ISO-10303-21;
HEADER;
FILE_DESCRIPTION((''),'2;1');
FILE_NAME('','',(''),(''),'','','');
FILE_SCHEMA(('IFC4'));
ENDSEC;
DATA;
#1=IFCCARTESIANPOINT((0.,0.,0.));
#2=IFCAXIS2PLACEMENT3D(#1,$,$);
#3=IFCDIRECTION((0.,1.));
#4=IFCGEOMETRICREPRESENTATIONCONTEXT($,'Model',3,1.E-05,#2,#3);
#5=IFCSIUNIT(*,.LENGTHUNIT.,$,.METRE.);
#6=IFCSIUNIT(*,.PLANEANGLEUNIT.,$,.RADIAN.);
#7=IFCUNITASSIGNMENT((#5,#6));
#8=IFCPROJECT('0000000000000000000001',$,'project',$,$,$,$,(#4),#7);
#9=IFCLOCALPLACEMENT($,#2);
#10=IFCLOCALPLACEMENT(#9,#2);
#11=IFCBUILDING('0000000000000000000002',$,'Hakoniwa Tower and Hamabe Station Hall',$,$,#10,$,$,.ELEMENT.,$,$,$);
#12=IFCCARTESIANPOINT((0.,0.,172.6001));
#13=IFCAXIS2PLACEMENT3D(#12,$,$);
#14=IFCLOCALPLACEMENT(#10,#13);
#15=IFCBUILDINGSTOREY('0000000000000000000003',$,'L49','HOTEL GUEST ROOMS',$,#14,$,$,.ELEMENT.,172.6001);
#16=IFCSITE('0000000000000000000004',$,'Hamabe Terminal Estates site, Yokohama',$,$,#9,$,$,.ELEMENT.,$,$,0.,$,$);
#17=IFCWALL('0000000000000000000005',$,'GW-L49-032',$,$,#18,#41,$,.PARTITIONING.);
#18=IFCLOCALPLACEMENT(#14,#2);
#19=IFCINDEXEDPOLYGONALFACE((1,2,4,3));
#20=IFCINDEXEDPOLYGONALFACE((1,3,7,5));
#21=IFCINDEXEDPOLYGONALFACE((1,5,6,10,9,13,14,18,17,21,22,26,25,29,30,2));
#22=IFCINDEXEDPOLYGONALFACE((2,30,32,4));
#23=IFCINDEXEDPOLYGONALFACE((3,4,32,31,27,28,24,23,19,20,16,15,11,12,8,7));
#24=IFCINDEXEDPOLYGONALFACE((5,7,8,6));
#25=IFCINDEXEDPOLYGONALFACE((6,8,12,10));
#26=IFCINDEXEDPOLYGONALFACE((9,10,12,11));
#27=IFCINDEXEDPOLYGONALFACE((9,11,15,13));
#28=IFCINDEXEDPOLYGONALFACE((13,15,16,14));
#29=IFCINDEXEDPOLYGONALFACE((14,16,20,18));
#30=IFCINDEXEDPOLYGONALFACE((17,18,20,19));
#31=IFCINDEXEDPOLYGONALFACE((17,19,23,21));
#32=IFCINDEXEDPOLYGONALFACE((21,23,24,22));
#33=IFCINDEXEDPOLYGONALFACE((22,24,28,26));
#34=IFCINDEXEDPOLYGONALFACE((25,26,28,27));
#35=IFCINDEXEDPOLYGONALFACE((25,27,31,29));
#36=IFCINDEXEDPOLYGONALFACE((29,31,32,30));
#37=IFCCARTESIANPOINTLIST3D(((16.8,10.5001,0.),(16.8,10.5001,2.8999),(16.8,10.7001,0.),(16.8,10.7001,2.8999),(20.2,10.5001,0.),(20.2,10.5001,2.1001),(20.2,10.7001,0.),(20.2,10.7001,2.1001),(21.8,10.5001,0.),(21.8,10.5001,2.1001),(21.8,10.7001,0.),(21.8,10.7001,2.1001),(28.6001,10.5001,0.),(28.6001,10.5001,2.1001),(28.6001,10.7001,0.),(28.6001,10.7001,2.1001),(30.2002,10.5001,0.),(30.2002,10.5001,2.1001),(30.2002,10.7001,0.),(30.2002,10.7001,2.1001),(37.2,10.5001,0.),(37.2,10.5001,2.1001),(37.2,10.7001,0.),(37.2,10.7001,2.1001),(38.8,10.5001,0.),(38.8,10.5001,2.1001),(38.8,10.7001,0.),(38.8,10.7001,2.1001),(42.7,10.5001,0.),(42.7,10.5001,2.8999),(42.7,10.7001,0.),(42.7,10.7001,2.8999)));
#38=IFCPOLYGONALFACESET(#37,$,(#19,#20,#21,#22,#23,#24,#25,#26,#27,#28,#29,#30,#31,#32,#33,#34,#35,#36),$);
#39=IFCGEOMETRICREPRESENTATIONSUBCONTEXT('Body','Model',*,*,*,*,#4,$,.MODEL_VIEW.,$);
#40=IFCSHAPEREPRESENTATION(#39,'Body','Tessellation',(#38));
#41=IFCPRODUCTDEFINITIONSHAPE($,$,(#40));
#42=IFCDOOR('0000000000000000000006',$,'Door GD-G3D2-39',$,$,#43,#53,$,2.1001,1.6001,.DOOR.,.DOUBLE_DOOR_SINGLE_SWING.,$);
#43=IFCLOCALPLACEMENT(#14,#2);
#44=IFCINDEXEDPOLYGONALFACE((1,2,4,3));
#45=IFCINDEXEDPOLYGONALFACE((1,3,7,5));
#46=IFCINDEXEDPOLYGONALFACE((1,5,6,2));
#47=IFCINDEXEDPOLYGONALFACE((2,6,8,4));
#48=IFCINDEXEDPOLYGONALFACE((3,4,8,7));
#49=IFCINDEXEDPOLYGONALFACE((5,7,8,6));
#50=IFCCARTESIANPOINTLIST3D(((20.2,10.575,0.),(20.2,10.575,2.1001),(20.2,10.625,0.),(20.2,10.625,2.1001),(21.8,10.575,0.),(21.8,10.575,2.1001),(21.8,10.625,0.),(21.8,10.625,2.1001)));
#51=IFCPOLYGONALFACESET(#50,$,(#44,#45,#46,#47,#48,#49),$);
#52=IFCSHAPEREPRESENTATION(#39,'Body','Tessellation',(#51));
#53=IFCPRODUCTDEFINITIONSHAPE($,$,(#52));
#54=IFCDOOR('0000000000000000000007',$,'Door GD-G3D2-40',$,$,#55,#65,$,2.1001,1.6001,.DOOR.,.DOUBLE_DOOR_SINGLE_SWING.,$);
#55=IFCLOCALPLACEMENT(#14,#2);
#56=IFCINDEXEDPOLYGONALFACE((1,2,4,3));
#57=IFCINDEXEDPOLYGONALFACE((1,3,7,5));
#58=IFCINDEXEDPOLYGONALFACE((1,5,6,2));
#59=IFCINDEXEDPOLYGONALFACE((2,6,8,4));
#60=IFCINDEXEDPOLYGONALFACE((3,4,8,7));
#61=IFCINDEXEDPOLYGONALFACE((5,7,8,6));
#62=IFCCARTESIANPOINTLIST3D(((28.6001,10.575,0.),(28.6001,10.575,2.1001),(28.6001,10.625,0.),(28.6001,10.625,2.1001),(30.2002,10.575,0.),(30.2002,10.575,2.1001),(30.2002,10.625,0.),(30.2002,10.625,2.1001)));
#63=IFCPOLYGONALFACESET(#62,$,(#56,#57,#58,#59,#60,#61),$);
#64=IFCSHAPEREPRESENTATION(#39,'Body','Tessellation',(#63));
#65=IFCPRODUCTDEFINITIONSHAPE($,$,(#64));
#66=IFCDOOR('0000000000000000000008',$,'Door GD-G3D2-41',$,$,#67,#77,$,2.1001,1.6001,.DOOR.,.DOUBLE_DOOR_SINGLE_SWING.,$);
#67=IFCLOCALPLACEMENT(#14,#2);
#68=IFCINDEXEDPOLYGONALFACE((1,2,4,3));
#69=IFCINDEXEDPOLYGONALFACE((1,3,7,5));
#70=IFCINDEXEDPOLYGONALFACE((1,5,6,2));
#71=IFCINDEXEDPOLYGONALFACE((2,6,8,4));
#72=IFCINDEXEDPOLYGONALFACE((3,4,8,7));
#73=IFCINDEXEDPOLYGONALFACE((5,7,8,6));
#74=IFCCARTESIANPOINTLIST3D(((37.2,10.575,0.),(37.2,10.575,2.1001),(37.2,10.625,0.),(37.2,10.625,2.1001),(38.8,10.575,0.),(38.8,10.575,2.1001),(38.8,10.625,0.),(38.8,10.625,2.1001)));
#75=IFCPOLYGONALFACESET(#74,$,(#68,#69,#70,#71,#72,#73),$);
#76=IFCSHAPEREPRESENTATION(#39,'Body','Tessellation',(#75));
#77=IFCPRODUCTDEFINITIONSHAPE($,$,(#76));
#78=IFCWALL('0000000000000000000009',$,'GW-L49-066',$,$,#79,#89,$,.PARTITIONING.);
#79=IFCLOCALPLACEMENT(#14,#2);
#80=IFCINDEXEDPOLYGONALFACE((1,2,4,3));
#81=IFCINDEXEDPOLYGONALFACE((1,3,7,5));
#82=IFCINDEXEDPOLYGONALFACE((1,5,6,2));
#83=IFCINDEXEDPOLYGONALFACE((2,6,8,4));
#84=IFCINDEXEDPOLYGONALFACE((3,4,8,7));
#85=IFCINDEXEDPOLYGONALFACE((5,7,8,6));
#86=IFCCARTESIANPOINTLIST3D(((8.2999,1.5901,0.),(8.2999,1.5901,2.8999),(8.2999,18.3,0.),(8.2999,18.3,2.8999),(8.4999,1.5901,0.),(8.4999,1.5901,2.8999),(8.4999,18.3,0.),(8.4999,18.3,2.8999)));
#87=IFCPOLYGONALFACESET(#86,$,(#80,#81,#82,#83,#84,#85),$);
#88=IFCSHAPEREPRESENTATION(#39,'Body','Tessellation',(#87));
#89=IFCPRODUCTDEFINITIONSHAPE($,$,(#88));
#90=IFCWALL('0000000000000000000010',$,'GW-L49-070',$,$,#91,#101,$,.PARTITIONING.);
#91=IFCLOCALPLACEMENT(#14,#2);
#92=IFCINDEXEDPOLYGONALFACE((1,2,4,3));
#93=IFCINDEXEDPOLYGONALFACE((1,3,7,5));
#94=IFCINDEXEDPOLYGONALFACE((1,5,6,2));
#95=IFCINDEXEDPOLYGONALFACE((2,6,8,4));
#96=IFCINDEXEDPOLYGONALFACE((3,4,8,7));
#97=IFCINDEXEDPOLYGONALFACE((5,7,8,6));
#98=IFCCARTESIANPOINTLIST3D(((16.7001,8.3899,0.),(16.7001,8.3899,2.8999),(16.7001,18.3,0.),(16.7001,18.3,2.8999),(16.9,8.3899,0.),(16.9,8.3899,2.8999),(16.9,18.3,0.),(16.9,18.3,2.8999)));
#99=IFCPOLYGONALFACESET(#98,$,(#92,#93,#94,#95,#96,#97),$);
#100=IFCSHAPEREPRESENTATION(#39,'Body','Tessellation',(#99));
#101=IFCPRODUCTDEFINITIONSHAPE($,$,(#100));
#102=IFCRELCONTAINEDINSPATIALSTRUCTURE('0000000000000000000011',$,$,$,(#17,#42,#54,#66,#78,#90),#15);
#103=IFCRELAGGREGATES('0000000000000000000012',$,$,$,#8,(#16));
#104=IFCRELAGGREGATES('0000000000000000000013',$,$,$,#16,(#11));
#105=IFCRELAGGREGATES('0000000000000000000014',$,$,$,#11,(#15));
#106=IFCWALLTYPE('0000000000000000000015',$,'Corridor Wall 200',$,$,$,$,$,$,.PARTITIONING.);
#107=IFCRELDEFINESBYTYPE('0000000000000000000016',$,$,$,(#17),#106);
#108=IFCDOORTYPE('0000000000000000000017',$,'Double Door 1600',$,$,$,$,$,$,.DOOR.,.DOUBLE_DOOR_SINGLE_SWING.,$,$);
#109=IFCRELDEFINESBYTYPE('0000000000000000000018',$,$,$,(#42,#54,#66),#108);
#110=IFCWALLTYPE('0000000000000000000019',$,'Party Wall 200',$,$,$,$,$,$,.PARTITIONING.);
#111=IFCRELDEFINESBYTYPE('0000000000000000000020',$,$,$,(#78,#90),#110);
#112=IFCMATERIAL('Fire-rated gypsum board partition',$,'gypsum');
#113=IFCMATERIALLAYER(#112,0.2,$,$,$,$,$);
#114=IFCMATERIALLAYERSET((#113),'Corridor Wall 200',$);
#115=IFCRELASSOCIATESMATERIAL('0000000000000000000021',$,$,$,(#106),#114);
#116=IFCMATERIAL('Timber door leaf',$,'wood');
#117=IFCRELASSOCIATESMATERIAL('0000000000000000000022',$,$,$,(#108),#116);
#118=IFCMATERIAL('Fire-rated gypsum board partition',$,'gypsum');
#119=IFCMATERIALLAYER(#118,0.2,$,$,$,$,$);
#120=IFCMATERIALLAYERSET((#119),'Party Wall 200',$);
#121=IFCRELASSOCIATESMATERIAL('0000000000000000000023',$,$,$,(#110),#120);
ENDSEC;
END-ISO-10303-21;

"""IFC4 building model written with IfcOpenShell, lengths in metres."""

from ifc_helpers import new_model, si_unit, direction, frame, frame_2d, origin, place, context, subcontext, project, spatial, rectangle, extrude, material, layer, layer_set, type_object, element, fill, save


model = new_model("IFC4")

# Units and contexts
model_context = context("Model", 3, precision=1e-05, world=origin(), true_north=direction((0.0, 1.0)))
body_context = subcontext(model_context, "Body", "Model", "MODEL_VIEW")
ifc_project = project(units=[si_unit("LENGTHUNIT", "METRE"), si_unit("PLANEANGLEUNIT", "RADIAN")], contexts=[model_context])

# Site, building, storey
site_placement = place(None, origin())
site = spatial("IfcSite", under=ifc_project, at=site_placement, Name="Hamabe Terminal Estates site, Yokohama", CompositionType="ELEMENT", RefElevation=0.0)
building_placement = place(site_placement, origin())
building = spatial("IfcBuilding", under=site, at=building_placement, Name="Hakoniwa Tower and Hamabe Station Hall", CompositionType="ELEMENT")
storey_placement = place(building_placement, frame((0.0, 0.0, 172.6001)))
storey = spatial("IfcBuildingStorey", under=building, at=storey_placement, Name="L49", Description="HOTEL GUEST ROOMS", CompositionType="ELEMENT", Elevation=172.6001)

# Wall, openings, doors
ifc_material_1 = material(Name="Fire-rated gypsum board partition", Category="gypsum")
ifc_layer_1 = layer(ifc_material_1, 0.2)
ifc_layer_set_1 = layer_set([ifc_layer_1], Name="Corridor Wall 200")
wall_type_1 = type_object("IfcWallType", Name="Corridor Wall 200", PredefinedType="PARTITIONING", material=ifc_layer_set_1)
wall_1_placement = place(storey_placement, frame((16.8, 10.6001, 0.0), z_axis=(0.0, 0.0, 1.0), x_axis=(1.0, 0.0, 0.0)))
wall_1 = element("IfcWall", 1, at=wall_1_placement, inside=storey, type_object=wall_type_1, Name="GW-L49-032", PredefinedType="PARTITIONING", context=body_context, shape_type="SweptSolid", body=[
    extrude(rectangle(XDim=25.8999, YDim=0.2, at=frame_2d((12.95, 0.0))), origin(), (0.0, 0.0, 1.0), 2.8999),
])
opening_1_placement = place(wall_1_placement, frame((3.3999, 0.0, 0.0)))
opening_1 = element("IfcOpeningElement", 2, at=opening_1_placement, cuts=wall_1, PredefinedType="OPENING", context=body_context, shape_type="SweptSolid", body=[
    extrude(rectangle(XDim=1.6001, YDim=2.1001, at=frame_2d((0.8, 1.05))), frame((0.0, 0.1099, 0.0), z_axis=(0.0, -1.0, 0.0), x_axis=(1.0, 0.0, 0.0)), (0.0, 0.0, 1.0), 0.22),
])
opening_2_placement = place(wall_1_placement, frame((11.8, 0.0, 0.0)))
opening_2 = element("IfcOpeningElement", 3, at=opening_2_placement, cuts=wall_1, PredefinedType="OPENING", context=body_context, shape_type="SweptSolid", body=[
    extrude(rectangle(XDim=1.6001, YDim=2.1001, at=frame_2d((0.8, 1.05))), frame((0.0, 0.1099, 0.0), z_axis=(0.0, -1.0, 0.0), x_axis=(1.0, 0.0, 0.0)), (0.0, 0.0, 1.0), 0.22),
])
opening_3_placement = place(wall_1_placement, frame((20.3999, 0.0, 0.0)))
opening_3 = element("IfcOpeningElement", 4, at=opening_3_placement, cuts=wall_1, PredefinedType="OPENING", context=body_context, shape_type="SweptSolid", body=[
    extrude(rectangle(XDim=1.6001, YDim=2.1001, at=frame_2d((0.8, 1.05))), frame((0.0, 0.1099, 0.0), z_axis=(0.0, -1.0, 0.0), x_axis=(1.0, 0.0, 0.0)), (0.0, 0.0, 1.0), 0.22),
])
ifc_material_2 = material(Name="Timber door leaf", Category="wood")
door_type_1 = type_object("IfcDoorType", Name="Double Door 1600", OperationType="DOUBLE_DOOR_SINGLE_SWING", PredefinedType="DOOR", material=ifc_material_2)
door_1_placement = place(opening_1_placement, origin())
door_1 = element("IfcDoor", 5, at=door_1_placement, inside=storey, type_object=door_type_1, Name="Door GD-G3D2-39", OperationType="DOUBLE_DOOR_SINGLE_SWING", OverallHeight=2.1001, OverallWidth=1.6001, PredefinedType="DOOR", context=body_context, shape_type="SweptSolid", body=[
    extrude(rectangle(XDim=1.6001, YDim=2.1001, at=frame_2d((0.8, 1.05))), frame((0.0, 0.0249, 0.0), z_axis=(0.0, -1.0, 0.0), x_axis=(1.0, 0.0, 0.0)), (0.0, 0.0, 1.0), 0.05),
])
fill(opening_1, door_1)
door_2_placement = place(opening_2_placement, origin())
door_2 = element("IfcDoor", 6, at=door_2_placement, inside=storey, type_object=door_type_1, Name="Door GD-G3D2-40", OperationType="DOUBLE_DOOR_SINGLE_SWING", OverallHeight=2.1001, OverallWidth=1.6001, PredefinedType="DOOR", context=body_context, shape_type="SweptSolid", body=[
    extrude(rectangle(XDim=1.6001, YDim=2.1001, at=frame_2d((0.8, 1.05))), frame((0.0, 0.0249, 0.0), z_axis=(0.0, -1.0, 0.0), x_axis=(1.0, 0.0, 0.0)), (0.0, 0.0, 1.0), 0.05),
])
fill(opening_2, door_2)
door_3_placement = place(opening_3_placement, origin())
door_3 = element("IfcDoor", 7, at=door_3_placement, inside=storey, type_object=door_type_1, Name="Door GD-G3D2-41", OperationType="DOUBLE_DOOR_SINGLE_SWING", OverallHeight=2.1001, OverallWidth=1.6001, PredefinedType="DOOR", context=body_context, shape_type="SweptSolid", body=[
    extrude(rectangle(XDim=1.6001, YDim=2.1001, at=frame_2d((0.8, 1.05))), frame((0.0, 0.0249, 0.0), z_axis=(0.0, -1.0, 0.0), x_axis=(1.0, 0.0, 0.0)), (0.0, 0.0, 1.0), 0.05),
])
fill(opening_3, door_3)

# Walls
ifc_material_3 = material(Name="Fire-rated gypsum board partition", Category="gypsum")
ifc_layer_2 = layer(ifc_material_3, 0.2)
ifc_layer_set_2 = layer_set([ifc_layer_2], Name="Party Wall 200")
wall_type_2 = type_object("IfcWallType", Name="Party Wall 200", PredefinedType="PARTITIONING", material=ifc_layer_set_2)
wall_2_placement = place(storey_placement, frame((8.3999, 1.5901, 0.0), z_axis=(0.0, 0.0, 1.0), x_axis=(0.0, 1.0, 0.0)))
element("IfcWall", 8, at=wall_2_placement, inside=storey, type_object=wall_type_2, Name="GW-L49-066", PredefinedType="PARTITIONING", context=body_context, shape_type="SweptSolid", body=[
    extrude(rectangle(XDim=16.71, YDim=0.2, at=frame_2d((8.355, 0.0))), origin(), (0.0, 0.0, 1.0), 2.8999),
])
wall_3_placement = place(storey_placement, frame((16.8, 8.3899, 0.0), z_axis=(0.0, 0.0, 1.0), x_axis=(0.0, 1.0, 0.0)))
element("IfcWall", 9, at=wall_3_placement, inside=storey, type_object=wall_type_2, Name="GW-L49-070", PredefinedType="PARTITIONING", context=body_context, shape_type="SweptSolid", body=[
    extrude(rectangle(XDim=9.9102, YDim=0.2, at=frame_2d((4.9551, 0.0))), origin(), (0.0, 0.0, 1.0), 2.8999),
])

save(model, "model.ifc")
